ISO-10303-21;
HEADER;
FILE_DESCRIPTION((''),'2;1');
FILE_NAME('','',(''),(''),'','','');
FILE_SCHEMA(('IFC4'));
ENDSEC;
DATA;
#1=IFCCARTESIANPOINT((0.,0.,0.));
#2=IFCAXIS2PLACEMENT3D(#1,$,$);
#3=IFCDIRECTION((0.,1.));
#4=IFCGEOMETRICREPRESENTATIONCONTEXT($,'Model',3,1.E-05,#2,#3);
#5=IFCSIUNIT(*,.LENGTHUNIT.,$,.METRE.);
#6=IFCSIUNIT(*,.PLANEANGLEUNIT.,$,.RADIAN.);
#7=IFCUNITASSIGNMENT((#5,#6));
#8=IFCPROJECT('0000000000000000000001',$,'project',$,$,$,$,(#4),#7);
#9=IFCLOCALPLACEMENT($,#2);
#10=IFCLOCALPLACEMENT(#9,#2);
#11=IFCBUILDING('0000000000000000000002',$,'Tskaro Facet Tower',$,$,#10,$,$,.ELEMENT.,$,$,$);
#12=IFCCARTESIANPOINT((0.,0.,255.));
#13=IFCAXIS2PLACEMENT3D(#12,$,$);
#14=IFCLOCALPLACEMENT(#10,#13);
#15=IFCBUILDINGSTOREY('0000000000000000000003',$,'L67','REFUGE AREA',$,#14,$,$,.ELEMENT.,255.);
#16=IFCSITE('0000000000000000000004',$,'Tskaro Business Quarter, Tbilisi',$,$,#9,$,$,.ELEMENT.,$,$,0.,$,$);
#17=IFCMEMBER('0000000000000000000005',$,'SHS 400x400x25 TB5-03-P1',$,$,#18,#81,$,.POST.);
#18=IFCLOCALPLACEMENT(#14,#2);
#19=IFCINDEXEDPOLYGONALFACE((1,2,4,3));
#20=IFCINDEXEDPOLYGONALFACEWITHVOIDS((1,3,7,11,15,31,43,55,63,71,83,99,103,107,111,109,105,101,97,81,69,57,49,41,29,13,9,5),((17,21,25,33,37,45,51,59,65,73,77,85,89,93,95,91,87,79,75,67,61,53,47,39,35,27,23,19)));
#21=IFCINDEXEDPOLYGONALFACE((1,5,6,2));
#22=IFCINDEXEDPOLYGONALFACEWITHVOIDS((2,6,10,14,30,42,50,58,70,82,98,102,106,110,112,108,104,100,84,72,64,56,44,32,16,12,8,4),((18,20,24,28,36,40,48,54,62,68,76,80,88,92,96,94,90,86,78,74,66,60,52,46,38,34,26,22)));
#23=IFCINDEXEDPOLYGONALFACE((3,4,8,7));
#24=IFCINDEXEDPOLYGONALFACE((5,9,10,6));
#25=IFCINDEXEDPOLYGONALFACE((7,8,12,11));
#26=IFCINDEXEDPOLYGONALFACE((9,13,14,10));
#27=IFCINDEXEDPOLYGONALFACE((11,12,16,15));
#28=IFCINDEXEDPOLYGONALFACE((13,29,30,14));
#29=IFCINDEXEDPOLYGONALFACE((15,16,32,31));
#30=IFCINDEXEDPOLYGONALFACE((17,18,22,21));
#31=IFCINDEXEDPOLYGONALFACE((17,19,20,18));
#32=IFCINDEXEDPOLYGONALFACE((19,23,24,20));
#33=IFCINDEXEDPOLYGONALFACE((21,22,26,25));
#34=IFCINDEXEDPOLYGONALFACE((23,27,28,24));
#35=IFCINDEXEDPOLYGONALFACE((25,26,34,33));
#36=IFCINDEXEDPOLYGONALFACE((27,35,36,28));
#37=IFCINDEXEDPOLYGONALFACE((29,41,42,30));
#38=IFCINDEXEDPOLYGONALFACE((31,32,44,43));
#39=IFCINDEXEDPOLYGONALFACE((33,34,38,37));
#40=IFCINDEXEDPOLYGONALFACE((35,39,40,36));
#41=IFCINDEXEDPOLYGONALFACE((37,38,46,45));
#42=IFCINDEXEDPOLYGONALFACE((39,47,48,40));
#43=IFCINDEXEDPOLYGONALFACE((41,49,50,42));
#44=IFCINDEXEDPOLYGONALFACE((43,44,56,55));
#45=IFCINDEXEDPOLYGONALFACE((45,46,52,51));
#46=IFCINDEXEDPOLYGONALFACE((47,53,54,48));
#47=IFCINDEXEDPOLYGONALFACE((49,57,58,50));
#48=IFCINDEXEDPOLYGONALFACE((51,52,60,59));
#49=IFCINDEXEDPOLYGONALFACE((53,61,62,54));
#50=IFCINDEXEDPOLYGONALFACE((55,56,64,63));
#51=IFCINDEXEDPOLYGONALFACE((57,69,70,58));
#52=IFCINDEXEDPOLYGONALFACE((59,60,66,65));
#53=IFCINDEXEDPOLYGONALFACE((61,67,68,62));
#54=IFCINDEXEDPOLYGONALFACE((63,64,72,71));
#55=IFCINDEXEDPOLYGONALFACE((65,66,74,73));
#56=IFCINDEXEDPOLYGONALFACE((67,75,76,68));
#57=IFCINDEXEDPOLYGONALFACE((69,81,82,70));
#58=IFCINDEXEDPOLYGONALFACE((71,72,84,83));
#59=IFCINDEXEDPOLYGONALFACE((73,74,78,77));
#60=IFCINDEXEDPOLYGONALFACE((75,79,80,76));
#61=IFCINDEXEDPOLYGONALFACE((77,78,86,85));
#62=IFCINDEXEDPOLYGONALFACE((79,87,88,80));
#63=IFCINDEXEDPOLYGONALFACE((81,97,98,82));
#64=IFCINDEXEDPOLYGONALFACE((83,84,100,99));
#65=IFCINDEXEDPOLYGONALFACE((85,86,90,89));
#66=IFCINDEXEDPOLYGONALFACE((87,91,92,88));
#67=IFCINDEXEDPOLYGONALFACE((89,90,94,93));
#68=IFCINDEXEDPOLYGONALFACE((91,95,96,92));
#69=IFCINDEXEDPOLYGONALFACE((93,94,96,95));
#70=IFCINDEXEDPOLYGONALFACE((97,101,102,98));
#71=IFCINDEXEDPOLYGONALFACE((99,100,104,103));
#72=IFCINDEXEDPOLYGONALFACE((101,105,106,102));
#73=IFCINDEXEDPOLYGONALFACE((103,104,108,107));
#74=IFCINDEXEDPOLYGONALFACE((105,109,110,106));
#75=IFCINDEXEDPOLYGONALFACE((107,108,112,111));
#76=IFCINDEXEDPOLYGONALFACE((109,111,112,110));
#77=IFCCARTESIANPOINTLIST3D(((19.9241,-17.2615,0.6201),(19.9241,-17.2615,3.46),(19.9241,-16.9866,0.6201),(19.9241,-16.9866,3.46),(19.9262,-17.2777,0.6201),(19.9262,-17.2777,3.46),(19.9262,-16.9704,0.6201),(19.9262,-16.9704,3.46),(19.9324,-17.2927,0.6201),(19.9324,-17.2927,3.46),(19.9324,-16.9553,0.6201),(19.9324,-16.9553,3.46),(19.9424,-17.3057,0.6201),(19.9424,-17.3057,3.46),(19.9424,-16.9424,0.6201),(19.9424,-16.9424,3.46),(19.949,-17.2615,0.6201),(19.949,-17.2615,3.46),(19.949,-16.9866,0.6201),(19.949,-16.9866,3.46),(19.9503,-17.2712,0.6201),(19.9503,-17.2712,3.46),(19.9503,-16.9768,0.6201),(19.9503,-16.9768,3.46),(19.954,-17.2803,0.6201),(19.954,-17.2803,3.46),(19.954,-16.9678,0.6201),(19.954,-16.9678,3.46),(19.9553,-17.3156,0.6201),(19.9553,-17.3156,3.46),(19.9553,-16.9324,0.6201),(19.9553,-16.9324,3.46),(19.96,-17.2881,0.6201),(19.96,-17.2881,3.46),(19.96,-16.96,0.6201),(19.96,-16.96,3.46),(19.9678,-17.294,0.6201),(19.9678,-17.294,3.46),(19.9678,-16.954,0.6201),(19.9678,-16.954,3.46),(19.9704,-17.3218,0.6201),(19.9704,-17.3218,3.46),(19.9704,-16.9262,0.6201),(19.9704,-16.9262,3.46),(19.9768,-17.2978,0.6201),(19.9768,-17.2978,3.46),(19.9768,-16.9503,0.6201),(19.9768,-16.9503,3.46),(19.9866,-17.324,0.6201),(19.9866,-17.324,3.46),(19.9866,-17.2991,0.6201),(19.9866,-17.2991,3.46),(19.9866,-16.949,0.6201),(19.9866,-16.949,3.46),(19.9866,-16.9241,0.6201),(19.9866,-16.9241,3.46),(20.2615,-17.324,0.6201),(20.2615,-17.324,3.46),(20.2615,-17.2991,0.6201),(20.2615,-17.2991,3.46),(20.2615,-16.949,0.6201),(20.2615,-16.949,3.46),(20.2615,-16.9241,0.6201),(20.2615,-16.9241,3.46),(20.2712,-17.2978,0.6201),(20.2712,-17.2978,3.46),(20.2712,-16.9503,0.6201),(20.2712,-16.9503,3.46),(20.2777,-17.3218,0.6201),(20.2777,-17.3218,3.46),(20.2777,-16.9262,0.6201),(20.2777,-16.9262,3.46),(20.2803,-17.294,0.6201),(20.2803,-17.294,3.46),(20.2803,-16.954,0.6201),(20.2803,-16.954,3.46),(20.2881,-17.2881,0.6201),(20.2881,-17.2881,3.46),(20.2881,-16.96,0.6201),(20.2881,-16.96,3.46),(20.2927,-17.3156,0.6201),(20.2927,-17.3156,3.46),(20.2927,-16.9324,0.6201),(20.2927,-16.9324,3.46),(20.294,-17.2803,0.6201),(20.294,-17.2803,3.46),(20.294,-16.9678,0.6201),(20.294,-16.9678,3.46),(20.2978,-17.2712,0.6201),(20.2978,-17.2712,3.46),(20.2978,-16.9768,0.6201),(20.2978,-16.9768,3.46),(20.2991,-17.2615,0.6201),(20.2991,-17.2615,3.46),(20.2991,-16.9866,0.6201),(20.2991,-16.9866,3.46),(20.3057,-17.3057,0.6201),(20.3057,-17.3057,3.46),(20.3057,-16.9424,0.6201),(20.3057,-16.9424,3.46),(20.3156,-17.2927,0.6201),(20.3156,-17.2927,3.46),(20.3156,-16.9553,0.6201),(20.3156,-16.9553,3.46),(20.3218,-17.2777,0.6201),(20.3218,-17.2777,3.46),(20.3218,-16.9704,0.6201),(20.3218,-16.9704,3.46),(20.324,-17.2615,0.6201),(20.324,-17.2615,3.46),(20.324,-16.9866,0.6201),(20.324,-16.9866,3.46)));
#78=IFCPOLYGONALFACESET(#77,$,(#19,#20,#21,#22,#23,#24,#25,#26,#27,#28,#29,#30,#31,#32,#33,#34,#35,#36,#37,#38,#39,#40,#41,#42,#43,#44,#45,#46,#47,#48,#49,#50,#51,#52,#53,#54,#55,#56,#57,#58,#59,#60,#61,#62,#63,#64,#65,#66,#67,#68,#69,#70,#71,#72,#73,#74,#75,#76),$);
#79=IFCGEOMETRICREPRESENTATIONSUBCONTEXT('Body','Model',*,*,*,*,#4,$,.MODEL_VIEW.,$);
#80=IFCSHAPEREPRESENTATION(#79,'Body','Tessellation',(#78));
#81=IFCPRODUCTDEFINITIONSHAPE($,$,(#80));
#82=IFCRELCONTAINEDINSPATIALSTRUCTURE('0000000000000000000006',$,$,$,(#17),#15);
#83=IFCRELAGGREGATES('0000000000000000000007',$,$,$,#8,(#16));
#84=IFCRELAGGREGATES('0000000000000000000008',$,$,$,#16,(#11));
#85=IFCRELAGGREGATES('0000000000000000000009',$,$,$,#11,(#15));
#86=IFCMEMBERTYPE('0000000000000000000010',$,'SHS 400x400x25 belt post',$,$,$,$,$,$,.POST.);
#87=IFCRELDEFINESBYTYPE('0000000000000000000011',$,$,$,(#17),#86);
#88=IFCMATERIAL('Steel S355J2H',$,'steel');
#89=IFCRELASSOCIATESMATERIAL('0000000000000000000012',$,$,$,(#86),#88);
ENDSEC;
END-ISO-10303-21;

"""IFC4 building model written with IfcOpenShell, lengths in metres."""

from ifc_helpers import new_model, si_unit, direction, frame, origin, origin_2d, place, context, subcontext, project, spatial, hollow_rectangle, extrude, material, material_profile, profile_set, type_object, element, save


model = new_model("IFC4")

# Units and contexts
model_context = context("Model", 3, precision=1e-05, world=origin(), true_north=direction((0.0, 1.0)))
body_context = subcontext(model_context, "Body", "Model", "MODEL_VIEW")
ifc_project = project(units=[si_unit("LENGTHUNIT", "METRE"), si_unit("PLANEANGLEUNIT", "RADIAN")], contexts=[model_context])

# Site, building, storey
site_placement = place(None, origin())
site = spatial("IfcSite", under=ifc_project, at=site_placement, Name="Tskaro Business Quarter, Tbilisi", CompositionType="ELEMENT", RefElevation=0.0)
building_placement = place(site_placement, origin())
building = spatial("IfcBuilding", under=site, at=building_placement, Name="Tskaro Facet Tower", CompositionType="ELEMENT")
storey_placement = place(building_placement, frame((0.0, 0.0, 255.0)))
storey = spatial("IfcBuildingStorey", under=building, at=storey_placement, Name="L67", Description="REFUGE AREA", CompositionType="ELEMENT", Elevation=255.0)

# Shared definitions
ifc_material_1 = material(Name="Steel S355J2H", Category="steel")

# Member
ifc_material_profile_1 = material_profile(ifc_material_1, hollow_rectangle(XDim=0.3999, YDim=0.3999, WallThickness=0.0249, InnerFilletRadius=0.0376, OuterFilletRadius=0.0625, at=origin_2d()), Name="SHS 400x400x25")
ifc_profile_set_1 = profile_set([ifc_material_profile_1], Name="Steel S355J2H")
member_type_1 = type_object("IfcMemberType", Name="SHS 400x400x25 belt post", PredefinedType="POST", material=ifc_profile_set_1)
for number, where, z_axis, x_axis, name in (
    (1, (20.124, -17.124, 0.6201), (0.0, 0.0, 1.0), (1.0, 0.0, 0.0), "SHS 400x400x25 TB5-03-P1"),
):
    element("IfcMember", number, at=place(storey_placement, frame(where, z_axis=z_axis, x_axis=x_axis)), inside=storey, type_object=member_type_1, Name=name, PredefinedType="POST", context=body_context, shape_type="SweptSolid", body=[
        extrude(hollow_rectangle(XDim=0.3999, YDim=0.3999, WallThickness=0.0249, InnerFilletRadius=0.0376, OuterFilletRadius=0.0625, at=origin_2d()), origin(), (0.0, 0.0, 1.0), 2.8398),
    ])

save(model, "model.ifc")
